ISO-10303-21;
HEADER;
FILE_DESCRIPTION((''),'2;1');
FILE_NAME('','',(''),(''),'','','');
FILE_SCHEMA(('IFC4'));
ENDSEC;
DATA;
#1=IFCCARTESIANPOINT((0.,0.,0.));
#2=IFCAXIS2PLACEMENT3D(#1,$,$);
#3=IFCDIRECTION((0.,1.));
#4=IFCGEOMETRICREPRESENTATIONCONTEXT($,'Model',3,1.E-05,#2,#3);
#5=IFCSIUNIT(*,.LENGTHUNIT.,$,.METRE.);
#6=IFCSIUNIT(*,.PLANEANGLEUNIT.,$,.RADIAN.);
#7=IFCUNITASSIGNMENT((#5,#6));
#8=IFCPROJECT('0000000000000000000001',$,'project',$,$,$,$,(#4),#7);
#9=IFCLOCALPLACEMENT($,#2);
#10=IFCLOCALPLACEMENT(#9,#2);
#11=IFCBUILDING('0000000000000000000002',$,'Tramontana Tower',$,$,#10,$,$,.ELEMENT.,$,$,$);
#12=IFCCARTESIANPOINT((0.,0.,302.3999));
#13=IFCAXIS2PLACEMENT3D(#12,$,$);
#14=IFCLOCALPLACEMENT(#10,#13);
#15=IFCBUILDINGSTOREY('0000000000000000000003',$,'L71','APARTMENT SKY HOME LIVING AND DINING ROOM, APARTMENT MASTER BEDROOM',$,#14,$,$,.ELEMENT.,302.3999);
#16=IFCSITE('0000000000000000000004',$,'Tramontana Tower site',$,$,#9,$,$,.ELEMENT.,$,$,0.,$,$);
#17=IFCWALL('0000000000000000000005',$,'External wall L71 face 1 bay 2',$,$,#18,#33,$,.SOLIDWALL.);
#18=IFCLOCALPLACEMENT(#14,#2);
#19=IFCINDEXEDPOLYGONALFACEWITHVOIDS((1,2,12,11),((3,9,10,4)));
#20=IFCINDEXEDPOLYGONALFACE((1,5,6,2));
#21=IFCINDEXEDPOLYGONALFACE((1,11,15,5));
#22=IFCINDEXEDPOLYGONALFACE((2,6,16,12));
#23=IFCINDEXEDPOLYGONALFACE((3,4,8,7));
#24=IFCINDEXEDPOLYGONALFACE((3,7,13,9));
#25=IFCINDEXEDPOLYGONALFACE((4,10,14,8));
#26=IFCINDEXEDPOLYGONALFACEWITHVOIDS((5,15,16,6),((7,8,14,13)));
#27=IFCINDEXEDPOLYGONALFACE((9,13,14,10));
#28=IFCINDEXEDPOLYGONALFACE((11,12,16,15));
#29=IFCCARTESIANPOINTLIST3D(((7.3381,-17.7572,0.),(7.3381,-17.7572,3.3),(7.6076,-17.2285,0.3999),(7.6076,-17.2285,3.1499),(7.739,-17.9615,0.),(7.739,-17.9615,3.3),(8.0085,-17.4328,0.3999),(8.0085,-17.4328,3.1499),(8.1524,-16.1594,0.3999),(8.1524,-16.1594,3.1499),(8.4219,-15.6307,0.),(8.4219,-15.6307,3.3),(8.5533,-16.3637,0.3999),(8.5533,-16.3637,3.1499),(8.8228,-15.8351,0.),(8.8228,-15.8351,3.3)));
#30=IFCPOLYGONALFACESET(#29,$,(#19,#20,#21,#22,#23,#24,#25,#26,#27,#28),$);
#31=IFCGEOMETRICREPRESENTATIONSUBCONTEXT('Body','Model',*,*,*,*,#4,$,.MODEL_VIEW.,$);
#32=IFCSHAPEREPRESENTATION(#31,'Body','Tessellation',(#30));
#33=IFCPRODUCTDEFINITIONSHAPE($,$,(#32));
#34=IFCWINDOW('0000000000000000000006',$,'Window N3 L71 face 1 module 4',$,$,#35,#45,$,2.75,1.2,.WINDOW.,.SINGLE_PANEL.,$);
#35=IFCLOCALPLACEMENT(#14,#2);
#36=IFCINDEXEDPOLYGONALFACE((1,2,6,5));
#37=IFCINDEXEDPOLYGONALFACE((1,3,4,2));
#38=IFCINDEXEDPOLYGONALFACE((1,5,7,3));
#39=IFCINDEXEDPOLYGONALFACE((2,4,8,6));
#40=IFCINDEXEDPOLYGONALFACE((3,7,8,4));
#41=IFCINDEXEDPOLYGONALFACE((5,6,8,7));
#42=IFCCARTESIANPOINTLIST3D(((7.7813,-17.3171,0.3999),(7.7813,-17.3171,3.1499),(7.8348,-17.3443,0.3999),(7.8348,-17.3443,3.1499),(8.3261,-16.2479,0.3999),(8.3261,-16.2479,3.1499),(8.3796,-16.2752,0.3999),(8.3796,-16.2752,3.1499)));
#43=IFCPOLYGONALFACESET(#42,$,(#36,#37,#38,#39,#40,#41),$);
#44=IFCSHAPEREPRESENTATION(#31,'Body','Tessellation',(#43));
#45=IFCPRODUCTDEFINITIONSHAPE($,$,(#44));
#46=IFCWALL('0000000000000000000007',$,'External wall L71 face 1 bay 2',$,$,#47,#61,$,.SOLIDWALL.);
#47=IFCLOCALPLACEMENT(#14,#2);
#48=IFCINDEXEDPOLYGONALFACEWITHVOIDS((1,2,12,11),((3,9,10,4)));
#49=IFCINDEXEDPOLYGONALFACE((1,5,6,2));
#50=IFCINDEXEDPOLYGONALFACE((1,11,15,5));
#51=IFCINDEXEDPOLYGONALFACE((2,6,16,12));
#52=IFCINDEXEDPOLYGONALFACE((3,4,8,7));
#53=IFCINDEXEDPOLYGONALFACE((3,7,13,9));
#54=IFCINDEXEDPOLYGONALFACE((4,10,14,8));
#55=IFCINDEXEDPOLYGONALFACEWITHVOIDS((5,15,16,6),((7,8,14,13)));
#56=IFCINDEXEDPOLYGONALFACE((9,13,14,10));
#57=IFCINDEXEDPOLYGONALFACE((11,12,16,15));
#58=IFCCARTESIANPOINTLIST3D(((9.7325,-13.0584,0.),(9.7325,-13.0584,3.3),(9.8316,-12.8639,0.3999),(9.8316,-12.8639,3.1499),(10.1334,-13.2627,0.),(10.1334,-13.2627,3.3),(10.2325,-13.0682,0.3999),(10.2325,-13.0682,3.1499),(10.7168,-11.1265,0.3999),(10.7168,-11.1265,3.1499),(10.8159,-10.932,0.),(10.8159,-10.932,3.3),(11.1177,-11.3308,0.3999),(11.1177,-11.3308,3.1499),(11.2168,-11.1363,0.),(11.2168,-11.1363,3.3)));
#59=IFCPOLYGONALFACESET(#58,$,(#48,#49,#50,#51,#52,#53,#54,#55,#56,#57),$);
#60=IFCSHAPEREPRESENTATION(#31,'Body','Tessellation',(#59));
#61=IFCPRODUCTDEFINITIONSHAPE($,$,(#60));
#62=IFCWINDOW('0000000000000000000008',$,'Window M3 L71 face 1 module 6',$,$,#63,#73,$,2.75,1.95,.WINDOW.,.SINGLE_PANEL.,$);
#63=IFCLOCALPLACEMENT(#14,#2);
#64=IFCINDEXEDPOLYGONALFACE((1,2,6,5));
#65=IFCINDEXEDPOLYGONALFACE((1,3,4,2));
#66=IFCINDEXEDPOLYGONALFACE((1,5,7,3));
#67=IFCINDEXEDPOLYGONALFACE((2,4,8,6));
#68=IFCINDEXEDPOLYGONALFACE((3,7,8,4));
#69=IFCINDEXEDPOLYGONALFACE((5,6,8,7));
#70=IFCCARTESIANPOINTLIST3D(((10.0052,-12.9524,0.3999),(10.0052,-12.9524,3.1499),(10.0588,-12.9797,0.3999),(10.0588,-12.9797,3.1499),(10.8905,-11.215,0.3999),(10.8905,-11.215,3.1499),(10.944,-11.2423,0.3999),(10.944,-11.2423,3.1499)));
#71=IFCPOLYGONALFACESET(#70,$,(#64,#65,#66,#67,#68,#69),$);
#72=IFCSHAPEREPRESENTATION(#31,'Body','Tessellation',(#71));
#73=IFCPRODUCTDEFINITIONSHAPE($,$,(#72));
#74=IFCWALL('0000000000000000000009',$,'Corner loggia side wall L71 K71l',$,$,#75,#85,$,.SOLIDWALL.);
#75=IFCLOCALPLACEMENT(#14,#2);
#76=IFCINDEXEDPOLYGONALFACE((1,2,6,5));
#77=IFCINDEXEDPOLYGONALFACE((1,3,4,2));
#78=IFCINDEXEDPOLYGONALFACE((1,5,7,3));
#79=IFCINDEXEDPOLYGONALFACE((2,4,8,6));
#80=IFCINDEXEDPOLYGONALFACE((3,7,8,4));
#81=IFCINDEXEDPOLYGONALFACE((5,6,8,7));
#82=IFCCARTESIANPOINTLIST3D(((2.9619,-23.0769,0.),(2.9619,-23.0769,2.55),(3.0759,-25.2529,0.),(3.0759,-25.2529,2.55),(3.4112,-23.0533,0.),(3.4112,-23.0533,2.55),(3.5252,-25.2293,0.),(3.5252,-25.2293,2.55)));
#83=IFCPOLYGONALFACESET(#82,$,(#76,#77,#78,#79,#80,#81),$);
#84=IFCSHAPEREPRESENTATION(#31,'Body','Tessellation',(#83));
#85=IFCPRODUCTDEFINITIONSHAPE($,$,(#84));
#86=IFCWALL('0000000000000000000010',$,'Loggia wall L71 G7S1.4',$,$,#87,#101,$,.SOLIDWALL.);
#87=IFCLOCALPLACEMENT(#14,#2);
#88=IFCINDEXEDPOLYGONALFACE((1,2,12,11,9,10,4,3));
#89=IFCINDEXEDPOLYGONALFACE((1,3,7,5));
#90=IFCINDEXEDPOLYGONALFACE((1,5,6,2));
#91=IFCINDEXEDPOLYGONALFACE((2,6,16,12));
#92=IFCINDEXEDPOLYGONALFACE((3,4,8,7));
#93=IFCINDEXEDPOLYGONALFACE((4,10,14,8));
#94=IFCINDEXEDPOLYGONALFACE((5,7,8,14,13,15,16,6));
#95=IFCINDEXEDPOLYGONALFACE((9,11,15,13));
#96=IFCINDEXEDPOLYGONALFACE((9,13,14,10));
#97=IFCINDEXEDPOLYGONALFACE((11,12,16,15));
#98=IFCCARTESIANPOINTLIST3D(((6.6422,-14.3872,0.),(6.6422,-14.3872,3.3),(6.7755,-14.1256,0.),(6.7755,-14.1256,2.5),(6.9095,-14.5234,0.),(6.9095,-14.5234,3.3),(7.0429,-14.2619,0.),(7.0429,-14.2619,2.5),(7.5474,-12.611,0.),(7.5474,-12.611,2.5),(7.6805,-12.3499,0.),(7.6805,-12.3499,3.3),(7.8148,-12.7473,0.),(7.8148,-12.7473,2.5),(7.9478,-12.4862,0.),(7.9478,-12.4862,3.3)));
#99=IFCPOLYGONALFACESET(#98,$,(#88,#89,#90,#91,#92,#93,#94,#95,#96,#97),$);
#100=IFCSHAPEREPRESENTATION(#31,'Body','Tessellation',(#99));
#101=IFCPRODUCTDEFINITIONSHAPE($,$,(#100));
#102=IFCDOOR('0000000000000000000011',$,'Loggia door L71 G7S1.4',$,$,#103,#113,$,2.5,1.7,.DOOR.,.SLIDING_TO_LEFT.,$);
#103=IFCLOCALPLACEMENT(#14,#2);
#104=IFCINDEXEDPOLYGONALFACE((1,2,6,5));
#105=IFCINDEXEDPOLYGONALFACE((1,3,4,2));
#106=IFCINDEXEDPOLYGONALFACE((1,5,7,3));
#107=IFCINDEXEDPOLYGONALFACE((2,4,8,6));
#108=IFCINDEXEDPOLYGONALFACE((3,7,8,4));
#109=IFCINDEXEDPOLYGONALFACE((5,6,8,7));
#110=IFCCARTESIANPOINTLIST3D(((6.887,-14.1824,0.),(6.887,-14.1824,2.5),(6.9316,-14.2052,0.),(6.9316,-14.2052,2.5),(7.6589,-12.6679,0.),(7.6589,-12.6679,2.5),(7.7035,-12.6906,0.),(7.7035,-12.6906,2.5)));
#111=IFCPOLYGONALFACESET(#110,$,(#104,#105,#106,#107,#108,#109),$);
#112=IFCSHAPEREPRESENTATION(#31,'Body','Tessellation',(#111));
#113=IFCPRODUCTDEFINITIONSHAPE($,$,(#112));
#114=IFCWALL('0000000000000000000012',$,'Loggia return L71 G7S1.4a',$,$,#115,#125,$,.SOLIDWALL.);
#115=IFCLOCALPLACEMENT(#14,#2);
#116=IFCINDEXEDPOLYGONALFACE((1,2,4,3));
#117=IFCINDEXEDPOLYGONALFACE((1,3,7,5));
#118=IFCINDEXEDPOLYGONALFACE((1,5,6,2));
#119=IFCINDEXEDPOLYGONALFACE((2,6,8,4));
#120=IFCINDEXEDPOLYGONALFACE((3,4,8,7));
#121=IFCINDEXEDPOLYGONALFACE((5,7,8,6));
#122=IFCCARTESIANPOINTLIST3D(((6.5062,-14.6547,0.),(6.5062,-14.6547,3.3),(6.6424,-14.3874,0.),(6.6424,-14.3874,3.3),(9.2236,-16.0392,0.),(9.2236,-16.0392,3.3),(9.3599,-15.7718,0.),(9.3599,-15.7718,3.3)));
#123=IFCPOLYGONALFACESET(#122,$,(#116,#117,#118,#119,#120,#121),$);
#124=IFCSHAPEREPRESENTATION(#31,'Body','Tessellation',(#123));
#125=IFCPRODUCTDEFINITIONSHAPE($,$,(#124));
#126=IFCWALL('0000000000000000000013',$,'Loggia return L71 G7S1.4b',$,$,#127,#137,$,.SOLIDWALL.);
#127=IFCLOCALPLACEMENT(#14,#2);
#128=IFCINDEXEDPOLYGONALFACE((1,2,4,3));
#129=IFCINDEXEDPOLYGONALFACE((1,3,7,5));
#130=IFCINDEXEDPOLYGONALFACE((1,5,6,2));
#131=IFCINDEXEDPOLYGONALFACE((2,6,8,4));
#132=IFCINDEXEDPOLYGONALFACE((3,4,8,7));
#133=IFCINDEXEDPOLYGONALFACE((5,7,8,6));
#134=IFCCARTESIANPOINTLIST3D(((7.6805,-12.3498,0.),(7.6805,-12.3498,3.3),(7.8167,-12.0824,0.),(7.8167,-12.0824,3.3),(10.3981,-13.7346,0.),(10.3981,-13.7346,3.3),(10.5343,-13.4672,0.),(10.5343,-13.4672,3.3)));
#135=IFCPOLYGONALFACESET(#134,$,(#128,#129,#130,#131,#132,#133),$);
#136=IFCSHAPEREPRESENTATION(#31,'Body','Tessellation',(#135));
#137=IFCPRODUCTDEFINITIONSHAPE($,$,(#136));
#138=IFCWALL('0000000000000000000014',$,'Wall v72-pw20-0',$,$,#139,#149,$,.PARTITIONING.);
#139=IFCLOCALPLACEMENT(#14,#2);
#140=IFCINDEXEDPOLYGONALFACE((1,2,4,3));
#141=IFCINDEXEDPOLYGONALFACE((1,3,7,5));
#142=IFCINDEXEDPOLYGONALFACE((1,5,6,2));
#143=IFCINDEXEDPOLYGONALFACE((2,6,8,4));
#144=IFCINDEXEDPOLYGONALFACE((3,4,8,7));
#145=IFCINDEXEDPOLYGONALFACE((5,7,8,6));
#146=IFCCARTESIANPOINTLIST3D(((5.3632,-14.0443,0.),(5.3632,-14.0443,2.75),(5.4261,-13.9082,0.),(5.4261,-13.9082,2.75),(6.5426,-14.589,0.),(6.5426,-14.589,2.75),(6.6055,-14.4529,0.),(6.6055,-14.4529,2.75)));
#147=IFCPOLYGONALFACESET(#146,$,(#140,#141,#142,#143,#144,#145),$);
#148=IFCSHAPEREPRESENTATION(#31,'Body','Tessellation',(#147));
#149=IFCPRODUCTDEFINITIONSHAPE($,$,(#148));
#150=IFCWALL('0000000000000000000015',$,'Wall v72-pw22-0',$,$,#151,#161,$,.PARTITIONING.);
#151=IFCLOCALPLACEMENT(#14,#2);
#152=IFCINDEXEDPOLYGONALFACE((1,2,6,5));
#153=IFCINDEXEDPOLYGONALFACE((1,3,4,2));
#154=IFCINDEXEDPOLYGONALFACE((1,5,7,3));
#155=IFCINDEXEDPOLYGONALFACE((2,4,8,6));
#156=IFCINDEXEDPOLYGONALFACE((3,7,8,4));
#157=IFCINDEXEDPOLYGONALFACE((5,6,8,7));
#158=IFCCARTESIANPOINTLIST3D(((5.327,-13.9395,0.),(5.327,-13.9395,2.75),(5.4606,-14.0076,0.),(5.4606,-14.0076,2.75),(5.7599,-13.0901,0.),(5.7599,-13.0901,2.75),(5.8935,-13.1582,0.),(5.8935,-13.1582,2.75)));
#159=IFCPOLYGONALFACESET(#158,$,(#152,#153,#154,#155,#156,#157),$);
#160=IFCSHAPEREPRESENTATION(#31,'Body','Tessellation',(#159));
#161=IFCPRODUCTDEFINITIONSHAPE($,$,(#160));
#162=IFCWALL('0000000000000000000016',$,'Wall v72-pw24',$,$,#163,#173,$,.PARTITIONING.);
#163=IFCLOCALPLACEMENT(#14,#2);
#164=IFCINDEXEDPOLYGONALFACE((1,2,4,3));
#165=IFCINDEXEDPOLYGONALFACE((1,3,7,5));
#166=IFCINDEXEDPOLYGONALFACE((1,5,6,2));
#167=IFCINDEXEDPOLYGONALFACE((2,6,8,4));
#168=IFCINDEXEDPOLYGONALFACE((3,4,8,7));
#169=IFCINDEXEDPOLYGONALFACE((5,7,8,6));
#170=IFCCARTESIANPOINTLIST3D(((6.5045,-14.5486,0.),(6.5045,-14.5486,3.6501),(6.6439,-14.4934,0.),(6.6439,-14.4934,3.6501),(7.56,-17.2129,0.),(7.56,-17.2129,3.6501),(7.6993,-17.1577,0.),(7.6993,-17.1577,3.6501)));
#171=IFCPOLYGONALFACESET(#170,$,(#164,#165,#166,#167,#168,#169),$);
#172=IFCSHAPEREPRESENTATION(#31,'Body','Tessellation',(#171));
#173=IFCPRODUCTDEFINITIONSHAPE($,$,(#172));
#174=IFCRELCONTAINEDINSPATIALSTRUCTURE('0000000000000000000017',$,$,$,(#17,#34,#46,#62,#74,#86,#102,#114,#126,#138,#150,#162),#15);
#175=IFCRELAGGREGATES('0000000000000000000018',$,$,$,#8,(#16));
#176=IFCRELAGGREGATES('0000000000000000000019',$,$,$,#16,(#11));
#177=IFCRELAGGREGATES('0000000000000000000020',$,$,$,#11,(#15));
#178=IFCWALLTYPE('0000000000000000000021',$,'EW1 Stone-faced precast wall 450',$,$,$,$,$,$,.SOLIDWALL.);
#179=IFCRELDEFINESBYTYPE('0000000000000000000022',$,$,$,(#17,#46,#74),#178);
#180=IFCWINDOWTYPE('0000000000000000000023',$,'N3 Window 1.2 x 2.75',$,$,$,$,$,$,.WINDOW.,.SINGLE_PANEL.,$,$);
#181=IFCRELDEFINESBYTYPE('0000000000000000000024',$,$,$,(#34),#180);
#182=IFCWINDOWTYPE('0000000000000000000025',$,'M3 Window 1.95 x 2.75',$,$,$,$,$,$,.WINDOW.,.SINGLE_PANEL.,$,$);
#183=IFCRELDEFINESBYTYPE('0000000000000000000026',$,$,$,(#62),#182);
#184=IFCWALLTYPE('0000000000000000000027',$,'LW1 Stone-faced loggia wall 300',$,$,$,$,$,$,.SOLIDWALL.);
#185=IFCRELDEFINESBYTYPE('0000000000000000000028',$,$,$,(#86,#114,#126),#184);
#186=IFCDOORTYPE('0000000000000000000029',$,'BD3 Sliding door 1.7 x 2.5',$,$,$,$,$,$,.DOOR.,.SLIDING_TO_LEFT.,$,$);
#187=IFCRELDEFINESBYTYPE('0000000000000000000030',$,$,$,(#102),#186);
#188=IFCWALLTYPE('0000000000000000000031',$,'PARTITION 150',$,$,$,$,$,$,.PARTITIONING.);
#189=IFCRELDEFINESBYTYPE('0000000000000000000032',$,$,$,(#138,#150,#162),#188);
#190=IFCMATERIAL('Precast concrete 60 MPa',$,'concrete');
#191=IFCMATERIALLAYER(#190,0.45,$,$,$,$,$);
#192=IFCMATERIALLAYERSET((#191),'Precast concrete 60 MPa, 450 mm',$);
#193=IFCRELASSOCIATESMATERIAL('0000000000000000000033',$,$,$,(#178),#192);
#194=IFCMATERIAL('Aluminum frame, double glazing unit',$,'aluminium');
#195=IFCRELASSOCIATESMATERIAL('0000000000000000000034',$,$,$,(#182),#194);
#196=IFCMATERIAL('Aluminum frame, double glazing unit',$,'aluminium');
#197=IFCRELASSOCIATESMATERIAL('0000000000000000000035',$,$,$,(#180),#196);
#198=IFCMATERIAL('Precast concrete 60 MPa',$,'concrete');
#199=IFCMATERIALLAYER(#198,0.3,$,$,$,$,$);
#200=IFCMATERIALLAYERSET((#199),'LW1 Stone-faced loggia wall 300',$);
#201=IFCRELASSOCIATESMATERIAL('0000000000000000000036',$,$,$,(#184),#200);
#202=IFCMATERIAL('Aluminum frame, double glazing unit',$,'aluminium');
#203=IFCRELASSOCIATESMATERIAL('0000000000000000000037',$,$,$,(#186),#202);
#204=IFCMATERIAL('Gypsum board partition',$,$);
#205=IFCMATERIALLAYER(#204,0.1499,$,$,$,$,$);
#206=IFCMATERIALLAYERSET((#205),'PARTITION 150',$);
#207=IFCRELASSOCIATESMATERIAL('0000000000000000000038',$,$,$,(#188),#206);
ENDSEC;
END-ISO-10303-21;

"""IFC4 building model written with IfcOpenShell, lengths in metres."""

from ifc_helpers import new_model, si_unit, direction, frame, frame_2d, origin, place, context, subcontext, project, spatial, rectangle, extrude, material, layer, layer_set, type_object, element, fill, save


model = new_model("IFC4")

# Units and contexts
model_context = context("Model", 3, precision=1e-05, world=origin(), true_north=direction((0.0, 1.0)))
body_context = subcontext(model_context, "Body", "Model", "MODEL_VIEW")
ifc_project = project(units=[si_unit("LENGTHUNIT", "METRE"), si_unit("PLANEANGLEUNIT", "RADIAN")], contexts=[model_context])

# Site, building, storey
site_placement = place(None, origin())
site = spatial("IfcSite", under=ifc_project, at=site_placement, Name="Tramontana Tower site", CompositionType="ELEMENT", RefElevation=0.0)
building_placement = place(site_placement, origin())
building = spatial("IfcBuilding", under=site, at=building_placement, Name="Tramontana Tower", CompositionType="ELEMENT")
storey_placement = place(building_placement, frame((0.0, 0.0, 302.3999)))
storey = spatial("IfcBuildingStorey", under=building, at=storey_placement, Name="L71", Description="APARTMENT SKY HOME LIVING AND DINING ROOM, APARTMENT MASTER BEDROOM", CompositionType="ELEMENT", Elevation=302.3999)

# Shared definitions
ifc_material_1 = material(Name="Precast concrete 60 MPa", Category="concrete")
ifc_layer_1 = layer(ifc_material_1, 0.45)
ifc_layer_set_1 = layer_set([ifc_layer_1], Name="Precast concrete 60 MPa, 450 mm")
wall_type_1 = type_object("IfcWallType", Name="EW1 Stone-faced precast wall 450", PredefinedType="SOLIDWALL", material=ifc_layer_set_1)
ifc_material_2 = material(Name="Aluminum frame, double glazing unit", Category="aluminium")
window_type_1 = type_object("IfcWindowType", Name="M3 Window 1.95 x 2.75", PartitioningType="SINGLE_PANEL", PredefinedType="WINDOW", material=ifc_material_2)

# Walls, openings, windows
wall_1_placement = place(storey_placement, frame((7.5386, -17.8594, 0.0), z_axis=(0.0, 0.0, 1.0), x_axis=(0.454074, 0.890964, 0.0)))
wall_1 = element("IfcWall", 1, at=wall_1_placement, inside=storey, type_object=wall_type_1, Name="External wall L71 face 1 bay 2", PredefinedType="SOLIDWALL", context=body_context, shape_type="SweptSolid", body=[
    extrude(rectangle(XDim=2.3867, YDim=0.45, at=frame_2d((1.1934, 0.0))), origin(), (0.0, 0.0, 1.0), 3.3),
])
opening_1_placement = place(wall_1_placement, frame((0.5933, 0.0, 0.3999)))
opening_1 = element("IfcOpeningElement", 2, at=opening_1_placement, cuts=wall_1, PredefinedType="OPENING", context=body_context, shape_type="SweptSolid", body=[
    extrude(rectangle(XDim=1.2, YDim=2.75, at=frame_2d((0.6001, 1.375))), frame((0.0, 0.2349, 0.0), z_axis=(0.0, -1.0, 0.0), x_axis=(1.0, 0.0, 0.0)), (0.0, 0.0, 1.0), 0.47),
])
ifc_material_3 = material(Name="Aluminum frame, double glazing unit", Category="aluminium")
window_type_2 = type_object("IfcWindowType", Name="N3 Window 1.2 x 2.75", PartitioningType="SINGLE_PANEL", PredefinedType="WINDOW", material=ifc_material_3)
window_1_placement = place(opening_1_placement, origin())
window_1 = element("IfcWindow", 3, at=window_1_placement, inside=storey, type_object=window_type_2, Name="Window N3 L71 face 1 module 4", OverallHeight=2.75, OverallWidth=1.2, PartitioningType="SINGLE_PANEL", PredefinedType="WINDOW", context=body_context, shape_type="SweptSolid", body=[
    extrude(rectangle(XDim=1.2, YDim=2.75, at=frame_2d((0.6001, 1.375))), frame((0.0, 0.03, 0.0), z_axis=(0.0, -1.0, 0.0), x_axis=(1.0, 0.0, 0.0)), (0.0, 0.0, 1.0), 0.0601),
])
fill(opening_1, window_1)
wall_2_placement = place(storey_placement, frame((9.9329, -13.1606, 0.0), z_axis=(0.0, 0.0, 1.0), x_axis=(0.453993, 0.891005, 0.0)))
wall_2 = element("IfcWall", 4, at=wall_2_placement, inside=storey, type_object=wall_type_1, Name="External wall L71 face 1 bay 2", PredefinedType="SOLIDWALL", context=body_context, shape_type="SweptSolid", body=[
    extrude(rectangle(XDim=2.3865, YDim=0.45, at=frame_2d((1.1934, 0.0))), origin(), (0.0, 0.0, 1.0), 3.3),
])
opening_2_placement = place(wall_2_placement, frame((0.2183, 0.0, 0.3999)))
opening_2 = element("IfcOpeningElement", 5, at=opening_2_placement, cuts=wall_2, PredefinedType="OPENING", context=body_context, shape_type="SweptSolid", body=[
    extrude(rectangle(XDim=1.95, YDim=2.75, at=frame_2d((0.9751, 1.375))), frame((0.0, 0.2349, 0.0), z_axis=(0.0, -1.0, 0.0), x_axis=(1.0, 0.0, 0.0)), (0.0, 0.0, 1.0), 0.47),
])
window_2_placement = place(opening_2_placement, origin())
window_2 = element("IfcWindow", 6, at=window_2_placement, inside=storey, type_object=window_type_1, Name="Window M3 L71 face 1 module 6", OverallHeight=2.75, OverallWidth=1.95, PartitioningType="SINGLE_PANEL", PredefinedType="WINDOW", context=body_context, shape_type="SweptSolid", body=[
    extrude(rectangle(XDim=1.95, YDim=2.75, at=frame_2d((0.9751, 1.375))), frame((0.0, 0.03, 0.0), z_axis=(0.0, -1.0, 0.0), x_axis=(1.0, 0.0, 0.0)), (0.0, 0.0, 1.0), 0.0601),
])
fill(opening_2, window_2)

# Wall
wall_3_placement = place(storey_placement, frame((3.3005, -25.241, 0.0), z_axis=(0.0, 0.0, 1.0), x_axis=(-0.052324, 0.99863, 0.0)))
element("IfcWall", 7, at=wall_3_placement, inside=storey, type_object=wall_type_1, Name="Corner loggia side wall L71 K71l", PredefinedType="SOLIDWALL", context=body_context, shape_type="SweptSolid", body=[
    extrude(rectangle(XDim=2.179, YDim=0.45, at=frame_2d((1.0894, 0.0))), origin(), (0.0, 0.0, 1.0), 2.55),
])

# Wall, opening, door
ifc_material_4 = material(Name="Precast concrete 60 MPa", Category="concrete")
ifc_layer_2 = layer(ifc_material_4, 0.3)
ifc_layer_set_2 = layer_set([ifc_layer_2], Name="LW1 Stone-faced loggia wall 300")
wall_type_2 = type_object("IfcWallType", Name="LW1 Stone-faced loggia wall 300", PredefinedType="SOLIDWALL", material=ifc_layer_set_2)
wall_4_placement = place(storey_placement, frame((6.7759, -14.4553, 0.0), z_axis=(0.0, 0.0, 1.0), x_axis=(0.454076, 0.890963, 0.0)))
wall_4 = element("IfcWall", 8, at=wall_4_placement, inside=storey, type_object=wall_type_2, Name="Loggia wall L71 G7S1.4", PredefinedType="SOLIDWALL", context=body_context, shape_type="SweptSolid", body=[
    extrude(rectangle(XDim=2.2866, YDim=0.3, at=frame_2d((1.1433, 0.0))), origin(), (0.0, 0.0, 1.0), 3.3),
])
opening_3_placement = place(wall_4_placement, frame((0.2935, 0.0, 0.0)))
opening_3 = element("IfcOpeningElement", 9, at=opening_3_placement, cuts=wall_4, PredefinedType="OPENING", context=body_context, shape_type="SweptSolid", body=[
    extrude(rectangle(XDim=1.7, YDim=2.5, at=frame_2d((0.8501, 1.25))), frame((0.0, 0.1599, 0.0), z_axis=(0.0, -1.0, 0.0), x_axis=(1.0, 0.0, 0.0)), (0.0, 0.0, 1.0), 0.3201),
])
ifc_material_5 = material(Name="Aluminum frame, double glazing unit", Category="aluminium")
door_type_1 = type_object("IfcDoorType", Name="BD3 Sliding door 1.7 x 2.5", OperationType="SLIDING_TO_LEFT", PredefinedType="DOOR", material=ifc_material_5)
door_1_placement = place(opening_3_placement, origin())
door_1 = element("IfcDoor", 10, at=door_1_placement, inside=storey, type_object=door_type_1, Name="Loggia door L71 G7S1.4", OperationType="SLIDING_TO_LEFT", OverallHeight=2.5, OverallWidth=1.7, PredefinedType="DOOR", context=body_context, shape_type="SweptSolid", body=[
    extrude(rectangle(XDim=1.7, YDim=2.5, at=frame_2d((0.8501, 1.25))), frame((0.0, 0.0249, 0.0), z_axis=(0.0, -1.0, 0.0), x_axis=(1.0, 0.0, 0.0)), (0.0, 0.0, 1.0), 0.05),
])
fill(opening_3, door_1)

# Walls
wall_5_placement = place(storey_placement, frame((9.2917, -15.9055, 0.0), z_axis=(0.0, 0.0, 1.0), x_axis=(-0.891024, 0.453957, 0.0)))
element("IfcWall", 11, at=wall_5_placement, inside=storey, type_object=wall_type_2, Name="Loggia return L71 G7S1.4a", PredefinedType="SOLIDWALL", context=body_context, shape_type="SweptSolid", body=[
    extrude(rectangle(XDim=3.0498, YDim=0.3, at=frame_2d((1.5249, 0.0))), origin(), (0.0, 0.0, 1.0), 3.3),
])
wall_6_placement = place(storey_placement, frame((10.4661, -13.6008, 0.0), z_axis=(0.0, 0.0, 1.0), x_axis=(-0.890991, 0.454021, 0.0)))
element("IfcWall", 12, at=wall_6_placement, inside=storey, type_object=wall_type_2, Name="Loggia return L71 G7S1.4b", PredefinedType="SOLIDWALL", context=body_context, shape_type="SweptSolid", body=[
    extrude(rectangle(XDim=3.05, YDim=0.3, at=frame_2d((1.5249, 0.0))), origin(), (0.0, 0.0, 1.0), 3.3),
])
ifc_material_6 = material(Name="Gypsum board partition")
ifc_layer_3 = layer(ifc_material_6, 0.1499)
ifc_layer_set_3 = layer_set([ifc_layer_3], Name="PARTITION 150")
wall_type_3 = type_object("IfcWallType", Name="PARTITION 150", PredefinedType="PARTITIONING", material=ifc_layer_set_3)
wall_7_placement = place(storey_placement, frame((5.3948, -13.9763, 0.0), z_axis=(0.0, 0.0, 1.0), x_axis=(0.907866, -0.419261, 0.0)))
element("IfcWall", 13, at=wall_7_placement, inside=storey, type_object=wall_type_3, Name="Wall v72-pw20-0", PredefinedType="PARTITIONING", context=body_context, shape_type="SweptSolid", body=[
    extrude(rectangle(XDim=1.2991, YDim=0.1499, at=frame_2d((0.6494, 0.0))), origin(), (0.0, 0.0, 1.0), 2.75),
])
wall_8_placement = place(storey_placement, frame((5.8267, -13.1243, 0.0), z_axis=(0.0, 0.0, 1.0), x_axis=(-0.454064, -0.890969, 0.0)))
element("IfcWall", 14, at=wall_8_placement, inside=storey, type_object=wall_type_3, Name="Wall v72-pw22-0", PredefinedType="PARTITIONING", context=body_context, shape_type="SweptSolid", body=[
    extrude(rectangle(XDim=0.9534, YDim=0.1499, at=frame_2d((0.4766, 0.0))), origin(), (0.0, 0.0, 1.0), 2.75),
])
wall_9_placement = place(storey_placement, frame((6.5742, -14.521, 0.0), z_axis=(0.0, 0.0, 1.0), x_axis=(0.368289, -0.929711, 0.0)))
element("IfcWall", 15, at=wall_9_placement, inside=storey, type_object=wall_type_3, Name="Wall v72-pw24", PredefinedType="PARTITIONING", context=body_context, shape_type="SweptSolid", body=[
    extrude(rectangle(XDim=2.8657, YDim=0.1499, at=frame_2d((1.4329, 0.0))), origin(), (0.0, 0.0, 1.0), 3.6501),
])

save(model, "model.ifc")
